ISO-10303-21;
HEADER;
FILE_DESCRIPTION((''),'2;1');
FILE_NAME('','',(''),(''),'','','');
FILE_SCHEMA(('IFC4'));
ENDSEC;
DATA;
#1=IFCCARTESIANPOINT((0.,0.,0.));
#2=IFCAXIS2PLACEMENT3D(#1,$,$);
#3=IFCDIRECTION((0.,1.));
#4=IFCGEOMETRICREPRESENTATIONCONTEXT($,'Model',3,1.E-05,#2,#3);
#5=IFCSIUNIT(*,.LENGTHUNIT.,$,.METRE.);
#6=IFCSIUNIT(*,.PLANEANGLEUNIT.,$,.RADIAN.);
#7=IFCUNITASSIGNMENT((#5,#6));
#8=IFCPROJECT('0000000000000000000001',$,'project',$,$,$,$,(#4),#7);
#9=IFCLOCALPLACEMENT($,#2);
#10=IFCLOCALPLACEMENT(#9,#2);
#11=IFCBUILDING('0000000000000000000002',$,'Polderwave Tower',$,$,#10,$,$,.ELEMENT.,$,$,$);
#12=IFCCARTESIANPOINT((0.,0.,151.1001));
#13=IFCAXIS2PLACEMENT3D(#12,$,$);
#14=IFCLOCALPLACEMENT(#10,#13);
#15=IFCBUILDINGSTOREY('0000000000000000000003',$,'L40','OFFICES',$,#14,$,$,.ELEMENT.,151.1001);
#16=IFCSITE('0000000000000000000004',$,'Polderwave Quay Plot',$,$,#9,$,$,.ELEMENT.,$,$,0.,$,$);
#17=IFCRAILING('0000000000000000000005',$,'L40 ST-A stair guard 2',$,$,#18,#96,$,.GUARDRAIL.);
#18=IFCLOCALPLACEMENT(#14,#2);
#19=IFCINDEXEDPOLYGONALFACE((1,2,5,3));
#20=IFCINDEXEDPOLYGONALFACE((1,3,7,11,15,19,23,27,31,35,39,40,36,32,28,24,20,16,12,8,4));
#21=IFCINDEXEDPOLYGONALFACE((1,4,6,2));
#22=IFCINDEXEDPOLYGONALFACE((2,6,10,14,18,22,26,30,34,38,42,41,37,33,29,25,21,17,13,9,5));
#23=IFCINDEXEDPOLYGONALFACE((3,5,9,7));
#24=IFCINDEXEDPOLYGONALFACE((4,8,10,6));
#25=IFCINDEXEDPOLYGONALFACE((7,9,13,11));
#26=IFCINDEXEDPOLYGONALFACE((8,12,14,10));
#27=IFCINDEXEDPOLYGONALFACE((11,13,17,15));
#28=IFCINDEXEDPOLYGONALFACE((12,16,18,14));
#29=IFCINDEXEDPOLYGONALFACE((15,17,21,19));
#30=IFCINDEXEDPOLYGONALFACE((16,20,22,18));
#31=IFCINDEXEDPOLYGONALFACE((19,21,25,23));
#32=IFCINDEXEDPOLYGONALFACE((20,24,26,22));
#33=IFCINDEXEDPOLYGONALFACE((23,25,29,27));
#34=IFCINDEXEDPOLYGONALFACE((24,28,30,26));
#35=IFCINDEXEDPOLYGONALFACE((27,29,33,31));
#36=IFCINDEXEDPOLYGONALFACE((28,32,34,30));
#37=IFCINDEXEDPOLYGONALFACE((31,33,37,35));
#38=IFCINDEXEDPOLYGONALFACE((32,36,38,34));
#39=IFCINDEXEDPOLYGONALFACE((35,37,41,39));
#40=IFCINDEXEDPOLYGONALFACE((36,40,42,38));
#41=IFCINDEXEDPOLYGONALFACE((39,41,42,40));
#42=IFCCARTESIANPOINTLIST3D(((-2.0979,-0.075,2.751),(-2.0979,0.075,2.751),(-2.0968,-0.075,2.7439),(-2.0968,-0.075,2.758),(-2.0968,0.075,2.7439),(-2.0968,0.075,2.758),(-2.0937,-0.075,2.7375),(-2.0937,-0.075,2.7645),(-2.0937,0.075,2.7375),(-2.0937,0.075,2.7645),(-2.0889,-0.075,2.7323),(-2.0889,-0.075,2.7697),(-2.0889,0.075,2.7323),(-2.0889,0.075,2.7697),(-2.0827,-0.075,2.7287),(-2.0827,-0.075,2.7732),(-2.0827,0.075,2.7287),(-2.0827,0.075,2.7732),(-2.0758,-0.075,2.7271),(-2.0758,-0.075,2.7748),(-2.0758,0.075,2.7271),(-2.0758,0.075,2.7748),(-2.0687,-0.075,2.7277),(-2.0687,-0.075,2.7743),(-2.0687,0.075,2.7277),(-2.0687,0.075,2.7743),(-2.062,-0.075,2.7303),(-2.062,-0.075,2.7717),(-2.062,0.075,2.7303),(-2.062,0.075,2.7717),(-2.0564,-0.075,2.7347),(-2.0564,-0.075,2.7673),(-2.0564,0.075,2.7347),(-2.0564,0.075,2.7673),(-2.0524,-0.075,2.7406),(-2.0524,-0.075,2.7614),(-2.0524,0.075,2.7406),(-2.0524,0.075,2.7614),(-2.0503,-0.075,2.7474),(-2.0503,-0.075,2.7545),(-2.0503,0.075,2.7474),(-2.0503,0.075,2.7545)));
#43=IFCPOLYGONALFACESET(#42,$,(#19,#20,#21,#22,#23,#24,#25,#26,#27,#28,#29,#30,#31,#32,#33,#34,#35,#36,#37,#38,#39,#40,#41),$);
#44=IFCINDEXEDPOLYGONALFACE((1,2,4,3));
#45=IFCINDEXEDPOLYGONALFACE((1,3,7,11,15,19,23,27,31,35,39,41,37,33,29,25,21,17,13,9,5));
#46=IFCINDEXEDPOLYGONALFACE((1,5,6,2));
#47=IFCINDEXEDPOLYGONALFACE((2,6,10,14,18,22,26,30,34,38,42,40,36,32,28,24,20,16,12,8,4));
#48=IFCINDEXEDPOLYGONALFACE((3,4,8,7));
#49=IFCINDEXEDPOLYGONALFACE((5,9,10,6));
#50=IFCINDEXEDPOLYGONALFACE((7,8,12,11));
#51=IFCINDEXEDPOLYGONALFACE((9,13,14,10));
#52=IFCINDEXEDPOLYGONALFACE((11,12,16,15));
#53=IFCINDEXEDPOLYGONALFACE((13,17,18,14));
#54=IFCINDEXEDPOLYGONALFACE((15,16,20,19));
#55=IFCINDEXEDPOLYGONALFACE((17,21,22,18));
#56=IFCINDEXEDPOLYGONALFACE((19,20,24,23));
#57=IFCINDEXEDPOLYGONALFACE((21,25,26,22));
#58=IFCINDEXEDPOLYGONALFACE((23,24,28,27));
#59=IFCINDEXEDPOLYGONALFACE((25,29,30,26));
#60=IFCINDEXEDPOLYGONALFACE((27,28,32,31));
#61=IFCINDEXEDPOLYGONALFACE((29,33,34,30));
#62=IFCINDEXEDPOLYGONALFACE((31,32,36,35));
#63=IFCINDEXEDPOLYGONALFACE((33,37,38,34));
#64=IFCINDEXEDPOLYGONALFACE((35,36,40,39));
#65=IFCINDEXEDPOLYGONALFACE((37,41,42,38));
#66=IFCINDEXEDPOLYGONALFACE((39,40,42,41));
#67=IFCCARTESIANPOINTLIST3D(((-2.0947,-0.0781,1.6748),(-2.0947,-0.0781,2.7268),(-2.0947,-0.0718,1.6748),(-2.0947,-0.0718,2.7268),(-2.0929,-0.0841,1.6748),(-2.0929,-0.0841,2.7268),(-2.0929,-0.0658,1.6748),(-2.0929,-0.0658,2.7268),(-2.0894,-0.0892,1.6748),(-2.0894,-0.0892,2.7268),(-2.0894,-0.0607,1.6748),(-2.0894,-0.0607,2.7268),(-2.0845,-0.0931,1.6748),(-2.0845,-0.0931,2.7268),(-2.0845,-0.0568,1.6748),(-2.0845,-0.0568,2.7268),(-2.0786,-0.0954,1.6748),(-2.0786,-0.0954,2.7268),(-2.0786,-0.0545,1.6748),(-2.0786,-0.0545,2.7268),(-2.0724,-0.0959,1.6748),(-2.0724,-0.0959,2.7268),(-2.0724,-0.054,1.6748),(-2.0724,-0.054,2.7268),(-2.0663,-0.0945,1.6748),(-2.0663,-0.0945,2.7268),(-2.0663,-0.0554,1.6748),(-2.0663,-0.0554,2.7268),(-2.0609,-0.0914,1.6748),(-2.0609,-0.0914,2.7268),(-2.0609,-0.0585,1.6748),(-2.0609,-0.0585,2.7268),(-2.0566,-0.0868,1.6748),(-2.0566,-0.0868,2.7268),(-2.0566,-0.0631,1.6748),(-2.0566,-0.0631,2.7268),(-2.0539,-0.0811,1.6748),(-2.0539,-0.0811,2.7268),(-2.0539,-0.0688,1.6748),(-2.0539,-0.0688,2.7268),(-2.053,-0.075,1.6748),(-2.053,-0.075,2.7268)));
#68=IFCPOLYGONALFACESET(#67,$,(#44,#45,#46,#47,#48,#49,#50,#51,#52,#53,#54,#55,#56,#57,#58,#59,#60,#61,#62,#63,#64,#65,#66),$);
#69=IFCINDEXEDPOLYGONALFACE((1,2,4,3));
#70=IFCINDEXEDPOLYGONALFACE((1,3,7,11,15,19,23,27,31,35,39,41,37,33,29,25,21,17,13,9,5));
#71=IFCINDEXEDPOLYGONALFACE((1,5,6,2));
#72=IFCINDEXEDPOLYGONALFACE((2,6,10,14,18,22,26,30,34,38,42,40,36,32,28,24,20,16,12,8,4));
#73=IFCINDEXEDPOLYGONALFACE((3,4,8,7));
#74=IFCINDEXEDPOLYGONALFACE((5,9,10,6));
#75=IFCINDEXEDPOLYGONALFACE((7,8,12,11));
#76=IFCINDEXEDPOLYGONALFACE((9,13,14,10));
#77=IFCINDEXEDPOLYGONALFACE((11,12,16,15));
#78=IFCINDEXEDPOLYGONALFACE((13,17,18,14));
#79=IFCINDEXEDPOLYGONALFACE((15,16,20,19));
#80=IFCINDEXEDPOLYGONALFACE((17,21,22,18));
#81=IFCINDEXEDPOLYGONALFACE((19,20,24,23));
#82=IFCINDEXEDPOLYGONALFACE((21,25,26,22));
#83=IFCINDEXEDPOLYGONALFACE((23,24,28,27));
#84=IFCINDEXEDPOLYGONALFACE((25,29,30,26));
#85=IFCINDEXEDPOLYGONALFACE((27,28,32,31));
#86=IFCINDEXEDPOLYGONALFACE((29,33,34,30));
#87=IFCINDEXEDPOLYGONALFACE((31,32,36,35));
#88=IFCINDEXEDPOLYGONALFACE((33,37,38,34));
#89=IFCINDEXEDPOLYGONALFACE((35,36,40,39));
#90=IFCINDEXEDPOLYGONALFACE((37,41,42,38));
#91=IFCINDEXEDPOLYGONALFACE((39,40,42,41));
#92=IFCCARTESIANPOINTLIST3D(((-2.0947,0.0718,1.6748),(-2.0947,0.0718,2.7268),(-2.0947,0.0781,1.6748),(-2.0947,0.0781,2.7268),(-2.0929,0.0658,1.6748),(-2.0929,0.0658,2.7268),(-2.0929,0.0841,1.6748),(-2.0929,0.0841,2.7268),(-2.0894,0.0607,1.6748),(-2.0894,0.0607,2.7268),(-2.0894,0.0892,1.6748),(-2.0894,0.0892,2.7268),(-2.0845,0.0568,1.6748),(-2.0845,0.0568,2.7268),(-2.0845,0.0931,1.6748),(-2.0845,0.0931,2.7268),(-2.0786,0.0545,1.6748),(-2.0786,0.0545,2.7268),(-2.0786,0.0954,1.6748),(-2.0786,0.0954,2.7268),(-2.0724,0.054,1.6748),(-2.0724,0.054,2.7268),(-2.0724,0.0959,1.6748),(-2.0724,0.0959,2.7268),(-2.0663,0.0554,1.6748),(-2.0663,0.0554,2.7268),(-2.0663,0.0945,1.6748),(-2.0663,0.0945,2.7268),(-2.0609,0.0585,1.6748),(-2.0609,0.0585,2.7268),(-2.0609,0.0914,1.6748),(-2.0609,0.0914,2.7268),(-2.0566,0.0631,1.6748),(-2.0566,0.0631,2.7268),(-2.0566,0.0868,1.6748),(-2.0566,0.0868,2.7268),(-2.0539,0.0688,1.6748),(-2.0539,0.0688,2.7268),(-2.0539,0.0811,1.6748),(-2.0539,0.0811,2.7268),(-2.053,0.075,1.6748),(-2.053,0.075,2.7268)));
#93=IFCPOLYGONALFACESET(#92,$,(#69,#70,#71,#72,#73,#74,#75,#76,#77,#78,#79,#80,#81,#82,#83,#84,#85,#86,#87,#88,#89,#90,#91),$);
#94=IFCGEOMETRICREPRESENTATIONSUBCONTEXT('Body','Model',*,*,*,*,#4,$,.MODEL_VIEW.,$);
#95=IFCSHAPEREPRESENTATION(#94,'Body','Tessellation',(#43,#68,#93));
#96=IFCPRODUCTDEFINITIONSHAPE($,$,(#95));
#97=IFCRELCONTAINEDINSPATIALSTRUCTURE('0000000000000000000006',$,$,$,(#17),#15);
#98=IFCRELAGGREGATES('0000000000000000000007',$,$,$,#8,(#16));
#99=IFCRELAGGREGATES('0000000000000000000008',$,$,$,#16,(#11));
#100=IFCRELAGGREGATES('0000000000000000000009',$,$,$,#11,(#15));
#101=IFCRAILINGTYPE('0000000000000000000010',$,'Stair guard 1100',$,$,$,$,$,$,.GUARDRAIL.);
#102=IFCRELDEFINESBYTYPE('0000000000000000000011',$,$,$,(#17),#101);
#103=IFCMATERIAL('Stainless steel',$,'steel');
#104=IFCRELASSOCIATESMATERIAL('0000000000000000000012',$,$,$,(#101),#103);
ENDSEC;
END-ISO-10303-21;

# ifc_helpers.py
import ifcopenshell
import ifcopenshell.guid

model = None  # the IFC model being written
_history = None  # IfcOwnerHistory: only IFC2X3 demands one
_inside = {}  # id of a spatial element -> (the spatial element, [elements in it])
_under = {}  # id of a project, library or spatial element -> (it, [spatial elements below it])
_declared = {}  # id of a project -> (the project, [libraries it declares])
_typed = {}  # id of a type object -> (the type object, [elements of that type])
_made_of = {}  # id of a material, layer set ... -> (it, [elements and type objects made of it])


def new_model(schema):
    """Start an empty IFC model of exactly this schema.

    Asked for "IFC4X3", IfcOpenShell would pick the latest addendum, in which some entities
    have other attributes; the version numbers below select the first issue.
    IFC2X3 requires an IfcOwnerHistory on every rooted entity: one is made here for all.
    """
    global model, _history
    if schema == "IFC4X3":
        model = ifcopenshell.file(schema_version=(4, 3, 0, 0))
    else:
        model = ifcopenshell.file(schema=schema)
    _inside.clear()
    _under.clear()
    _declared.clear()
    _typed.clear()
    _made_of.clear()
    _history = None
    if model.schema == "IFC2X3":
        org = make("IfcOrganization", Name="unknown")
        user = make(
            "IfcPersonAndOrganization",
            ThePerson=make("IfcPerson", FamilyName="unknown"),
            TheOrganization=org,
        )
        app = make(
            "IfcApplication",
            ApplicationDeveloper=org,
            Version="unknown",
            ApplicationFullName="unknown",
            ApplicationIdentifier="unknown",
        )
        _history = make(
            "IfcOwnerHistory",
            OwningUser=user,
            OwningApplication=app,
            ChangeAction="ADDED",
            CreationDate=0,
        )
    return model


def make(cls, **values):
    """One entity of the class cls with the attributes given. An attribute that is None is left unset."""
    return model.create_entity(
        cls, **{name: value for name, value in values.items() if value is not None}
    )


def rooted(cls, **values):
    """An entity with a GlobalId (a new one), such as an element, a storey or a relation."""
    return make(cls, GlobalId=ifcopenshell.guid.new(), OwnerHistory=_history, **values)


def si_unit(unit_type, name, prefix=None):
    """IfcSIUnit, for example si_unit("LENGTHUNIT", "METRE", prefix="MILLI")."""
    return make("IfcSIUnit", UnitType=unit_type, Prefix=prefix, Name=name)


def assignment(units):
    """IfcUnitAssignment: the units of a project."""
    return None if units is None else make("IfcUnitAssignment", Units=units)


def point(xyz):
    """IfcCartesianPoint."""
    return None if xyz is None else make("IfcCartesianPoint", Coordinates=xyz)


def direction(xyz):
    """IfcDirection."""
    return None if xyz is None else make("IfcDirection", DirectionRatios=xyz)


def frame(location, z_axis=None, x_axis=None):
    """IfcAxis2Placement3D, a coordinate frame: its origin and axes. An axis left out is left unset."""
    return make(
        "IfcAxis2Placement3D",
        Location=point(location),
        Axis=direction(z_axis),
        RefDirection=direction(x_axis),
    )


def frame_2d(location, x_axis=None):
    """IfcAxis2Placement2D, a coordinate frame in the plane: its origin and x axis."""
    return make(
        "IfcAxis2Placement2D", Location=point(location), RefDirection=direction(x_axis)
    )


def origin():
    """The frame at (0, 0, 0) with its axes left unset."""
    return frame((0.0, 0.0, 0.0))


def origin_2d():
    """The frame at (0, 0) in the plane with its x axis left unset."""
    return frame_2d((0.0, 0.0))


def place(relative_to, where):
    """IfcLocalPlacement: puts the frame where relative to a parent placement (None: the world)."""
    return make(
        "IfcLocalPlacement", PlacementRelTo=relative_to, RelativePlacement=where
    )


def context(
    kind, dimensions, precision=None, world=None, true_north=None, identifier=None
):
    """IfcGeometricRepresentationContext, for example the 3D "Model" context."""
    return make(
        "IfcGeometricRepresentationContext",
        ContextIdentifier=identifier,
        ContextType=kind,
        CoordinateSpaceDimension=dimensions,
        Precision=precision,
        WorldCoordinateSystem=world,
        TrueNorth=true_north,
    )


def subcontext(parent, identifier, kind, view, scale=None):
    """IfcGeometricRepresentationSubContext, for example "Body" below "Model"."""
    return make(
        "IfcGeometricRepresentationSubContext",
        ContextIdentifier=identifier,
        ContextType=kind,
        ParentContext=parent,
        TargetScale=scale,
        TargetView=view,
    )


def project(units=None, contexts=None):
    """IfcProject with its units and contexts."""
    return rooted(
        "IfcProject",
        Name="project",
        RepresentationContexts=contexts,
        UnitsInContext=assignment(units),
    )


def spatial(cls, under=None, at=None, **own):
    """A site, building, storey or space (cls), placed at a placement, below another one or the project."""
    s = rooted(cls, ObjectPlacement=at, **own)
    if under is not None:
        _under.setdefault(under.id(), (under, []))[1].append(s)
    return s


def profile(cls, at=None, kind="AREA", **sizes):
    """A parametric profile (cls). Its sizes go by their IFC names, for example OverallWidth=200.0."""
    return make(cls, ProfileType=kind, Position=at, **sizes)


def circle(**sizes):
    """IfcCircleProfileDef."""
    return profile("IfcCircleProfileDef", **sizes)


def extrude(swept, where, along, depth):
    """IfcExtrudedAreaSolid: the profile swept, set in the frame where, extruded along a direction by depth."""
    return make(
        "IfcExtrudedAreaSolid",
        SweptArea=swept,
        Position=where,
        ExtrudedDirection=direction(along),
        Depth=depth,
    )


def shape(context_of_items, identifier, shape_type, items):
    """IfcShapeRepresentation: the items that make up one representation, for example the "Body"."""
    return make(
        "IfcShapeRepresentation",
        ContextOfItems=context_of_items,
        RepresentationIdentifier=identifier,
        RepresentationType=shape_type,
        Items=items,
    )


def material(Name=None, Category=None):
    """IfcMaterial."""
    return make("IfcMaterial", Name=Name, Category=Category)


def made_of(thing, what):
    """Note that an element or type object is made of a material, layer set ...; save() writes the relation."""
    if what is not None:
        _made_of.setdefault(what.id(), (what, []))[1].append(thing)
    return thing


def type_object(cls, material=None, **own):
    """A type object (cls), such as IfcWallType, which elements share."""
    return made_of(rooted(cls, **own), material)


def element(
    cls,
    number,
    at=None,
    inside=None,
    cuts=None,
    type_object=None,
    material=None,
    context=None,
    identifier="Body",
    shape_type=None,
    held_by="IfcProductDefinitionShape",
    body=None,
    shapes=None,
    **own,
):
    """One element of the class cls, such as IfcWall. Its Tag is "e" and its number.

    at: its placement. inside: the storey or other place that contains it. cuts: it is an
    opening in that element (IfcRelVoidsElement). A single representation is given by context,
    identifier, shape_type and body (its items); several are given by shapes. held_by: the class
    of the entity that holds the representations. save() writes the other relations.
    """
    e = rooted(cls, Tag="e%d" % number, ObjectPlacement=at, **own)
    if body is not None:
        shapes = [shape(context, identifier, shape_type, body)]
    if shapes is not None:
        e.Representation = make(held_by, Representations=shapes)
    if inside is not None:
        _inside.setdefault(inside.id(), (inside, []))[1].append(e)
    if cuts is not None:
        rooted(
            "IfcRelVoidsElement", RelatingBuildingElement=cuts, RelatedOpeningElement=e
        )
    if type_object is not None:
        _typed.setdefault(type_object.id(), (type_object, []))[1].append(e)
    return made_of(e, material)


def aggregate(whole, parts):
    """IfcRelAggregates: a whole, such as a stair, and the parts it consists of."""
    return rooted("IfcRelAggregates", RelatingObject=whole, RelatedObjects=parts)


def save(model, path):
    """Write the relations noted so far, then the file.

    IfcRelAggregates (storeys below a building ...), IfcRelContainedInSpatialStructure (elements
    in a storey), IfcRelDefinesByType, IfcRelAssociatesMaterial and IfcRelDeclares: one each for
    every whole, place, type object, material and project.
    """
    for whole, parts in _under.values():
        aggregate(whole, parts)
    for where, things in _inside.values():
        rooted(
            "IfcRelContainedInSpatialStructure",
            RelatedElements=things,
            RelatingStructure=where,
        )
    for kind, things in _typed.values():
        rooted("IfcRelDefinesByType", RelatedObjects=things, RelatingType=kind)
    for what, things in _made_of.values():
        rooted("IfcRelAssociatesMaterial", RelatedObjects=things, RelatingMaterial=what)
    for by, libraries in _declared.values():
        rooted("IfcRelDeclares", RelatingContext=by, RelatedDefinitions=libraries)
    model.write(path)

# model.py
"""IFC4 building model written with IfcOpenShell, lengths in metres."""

from ifc_helpers import new_model, si_unit, direction, frame, origin, origin_2d, place, context, subcontext, project, spatial, circle, extrude, material, type_object, element, save


model = new_model("IFC4")

# Units and contexts
model_context = context("Model", 3, precision=1e-05, world=origin(), true_north=direction((0.0, 1.0)))
body_context = subcontext(model_context, "Body", "Model", "MODEL_VIEW")
ifc_project = project(units=[si_unit("LENGTHUNIT", "METRE"), si_unit("PLANEANGLEUNIT", "RADIAN")], contexts=[model_context])

# Site, building, storey
site_placement = place(None, origin())
site = spatial("IfcSite", under=ifc_project, at=site_placement, Name="Polderwave Quay Plot", CompositionType="ELEMENT", RefElevation=0.0)
building_placement = place(site_placement, origin())
building = spatial("IfcBuilding", under=site, at=building_placement, Name="Polderwave Tower", CompositionType="ELEMENT")
storey_placement = place(building_placement, frame((0.0, 0.0, 151.1001)))
storey = spatial("IfcBuildingStorey", under=building, at=storey_placement, Name="L40", Description="OFFICES", CompositionType="ELEMENT", Elevation=151.1001)

# Railing
ifc_material_1 = material(Name="Stainless steel", Category="steel")
railing_type_1 = type_object("IfcRailingType", Name="Stair guard 1100", PredefinedType="GUARDRAIL", material=ifc_material_1)
railing_1_placement = place(storey_placement, frame((-2.074, -0.075, 1.6748)))
element("IfcRailing", 1, at=railing_1_placement, inside=storey, type_object=railing_type_1, Name="L40 ST-A stair guard 2", PredefinedType="GUARDRAIL", context=body_context, shape_type="SweptSolid", body=[
    extrude(circle(Radius=0.0239, at=origin_2d()), frame((0.0, 0.0, 1.0762), z_axis=(0.0, 1.0, 0.0), x_axis=(-1.0, 0.0, 0.0)), (0.0, 0.0, 1.0), 0.1499),
    extrude(circle(Radius=0.021, at=origin_2d()), origin(), (0.0, 0.0, 1.0), 1.052),
    extrude(circle(Radius=0.021, at=origin_2d()), frame((0.0, 0.1499, 0.0)), (0.0, 0.0, 1.0), 1.052),
])

save(model, "model.ifc")
